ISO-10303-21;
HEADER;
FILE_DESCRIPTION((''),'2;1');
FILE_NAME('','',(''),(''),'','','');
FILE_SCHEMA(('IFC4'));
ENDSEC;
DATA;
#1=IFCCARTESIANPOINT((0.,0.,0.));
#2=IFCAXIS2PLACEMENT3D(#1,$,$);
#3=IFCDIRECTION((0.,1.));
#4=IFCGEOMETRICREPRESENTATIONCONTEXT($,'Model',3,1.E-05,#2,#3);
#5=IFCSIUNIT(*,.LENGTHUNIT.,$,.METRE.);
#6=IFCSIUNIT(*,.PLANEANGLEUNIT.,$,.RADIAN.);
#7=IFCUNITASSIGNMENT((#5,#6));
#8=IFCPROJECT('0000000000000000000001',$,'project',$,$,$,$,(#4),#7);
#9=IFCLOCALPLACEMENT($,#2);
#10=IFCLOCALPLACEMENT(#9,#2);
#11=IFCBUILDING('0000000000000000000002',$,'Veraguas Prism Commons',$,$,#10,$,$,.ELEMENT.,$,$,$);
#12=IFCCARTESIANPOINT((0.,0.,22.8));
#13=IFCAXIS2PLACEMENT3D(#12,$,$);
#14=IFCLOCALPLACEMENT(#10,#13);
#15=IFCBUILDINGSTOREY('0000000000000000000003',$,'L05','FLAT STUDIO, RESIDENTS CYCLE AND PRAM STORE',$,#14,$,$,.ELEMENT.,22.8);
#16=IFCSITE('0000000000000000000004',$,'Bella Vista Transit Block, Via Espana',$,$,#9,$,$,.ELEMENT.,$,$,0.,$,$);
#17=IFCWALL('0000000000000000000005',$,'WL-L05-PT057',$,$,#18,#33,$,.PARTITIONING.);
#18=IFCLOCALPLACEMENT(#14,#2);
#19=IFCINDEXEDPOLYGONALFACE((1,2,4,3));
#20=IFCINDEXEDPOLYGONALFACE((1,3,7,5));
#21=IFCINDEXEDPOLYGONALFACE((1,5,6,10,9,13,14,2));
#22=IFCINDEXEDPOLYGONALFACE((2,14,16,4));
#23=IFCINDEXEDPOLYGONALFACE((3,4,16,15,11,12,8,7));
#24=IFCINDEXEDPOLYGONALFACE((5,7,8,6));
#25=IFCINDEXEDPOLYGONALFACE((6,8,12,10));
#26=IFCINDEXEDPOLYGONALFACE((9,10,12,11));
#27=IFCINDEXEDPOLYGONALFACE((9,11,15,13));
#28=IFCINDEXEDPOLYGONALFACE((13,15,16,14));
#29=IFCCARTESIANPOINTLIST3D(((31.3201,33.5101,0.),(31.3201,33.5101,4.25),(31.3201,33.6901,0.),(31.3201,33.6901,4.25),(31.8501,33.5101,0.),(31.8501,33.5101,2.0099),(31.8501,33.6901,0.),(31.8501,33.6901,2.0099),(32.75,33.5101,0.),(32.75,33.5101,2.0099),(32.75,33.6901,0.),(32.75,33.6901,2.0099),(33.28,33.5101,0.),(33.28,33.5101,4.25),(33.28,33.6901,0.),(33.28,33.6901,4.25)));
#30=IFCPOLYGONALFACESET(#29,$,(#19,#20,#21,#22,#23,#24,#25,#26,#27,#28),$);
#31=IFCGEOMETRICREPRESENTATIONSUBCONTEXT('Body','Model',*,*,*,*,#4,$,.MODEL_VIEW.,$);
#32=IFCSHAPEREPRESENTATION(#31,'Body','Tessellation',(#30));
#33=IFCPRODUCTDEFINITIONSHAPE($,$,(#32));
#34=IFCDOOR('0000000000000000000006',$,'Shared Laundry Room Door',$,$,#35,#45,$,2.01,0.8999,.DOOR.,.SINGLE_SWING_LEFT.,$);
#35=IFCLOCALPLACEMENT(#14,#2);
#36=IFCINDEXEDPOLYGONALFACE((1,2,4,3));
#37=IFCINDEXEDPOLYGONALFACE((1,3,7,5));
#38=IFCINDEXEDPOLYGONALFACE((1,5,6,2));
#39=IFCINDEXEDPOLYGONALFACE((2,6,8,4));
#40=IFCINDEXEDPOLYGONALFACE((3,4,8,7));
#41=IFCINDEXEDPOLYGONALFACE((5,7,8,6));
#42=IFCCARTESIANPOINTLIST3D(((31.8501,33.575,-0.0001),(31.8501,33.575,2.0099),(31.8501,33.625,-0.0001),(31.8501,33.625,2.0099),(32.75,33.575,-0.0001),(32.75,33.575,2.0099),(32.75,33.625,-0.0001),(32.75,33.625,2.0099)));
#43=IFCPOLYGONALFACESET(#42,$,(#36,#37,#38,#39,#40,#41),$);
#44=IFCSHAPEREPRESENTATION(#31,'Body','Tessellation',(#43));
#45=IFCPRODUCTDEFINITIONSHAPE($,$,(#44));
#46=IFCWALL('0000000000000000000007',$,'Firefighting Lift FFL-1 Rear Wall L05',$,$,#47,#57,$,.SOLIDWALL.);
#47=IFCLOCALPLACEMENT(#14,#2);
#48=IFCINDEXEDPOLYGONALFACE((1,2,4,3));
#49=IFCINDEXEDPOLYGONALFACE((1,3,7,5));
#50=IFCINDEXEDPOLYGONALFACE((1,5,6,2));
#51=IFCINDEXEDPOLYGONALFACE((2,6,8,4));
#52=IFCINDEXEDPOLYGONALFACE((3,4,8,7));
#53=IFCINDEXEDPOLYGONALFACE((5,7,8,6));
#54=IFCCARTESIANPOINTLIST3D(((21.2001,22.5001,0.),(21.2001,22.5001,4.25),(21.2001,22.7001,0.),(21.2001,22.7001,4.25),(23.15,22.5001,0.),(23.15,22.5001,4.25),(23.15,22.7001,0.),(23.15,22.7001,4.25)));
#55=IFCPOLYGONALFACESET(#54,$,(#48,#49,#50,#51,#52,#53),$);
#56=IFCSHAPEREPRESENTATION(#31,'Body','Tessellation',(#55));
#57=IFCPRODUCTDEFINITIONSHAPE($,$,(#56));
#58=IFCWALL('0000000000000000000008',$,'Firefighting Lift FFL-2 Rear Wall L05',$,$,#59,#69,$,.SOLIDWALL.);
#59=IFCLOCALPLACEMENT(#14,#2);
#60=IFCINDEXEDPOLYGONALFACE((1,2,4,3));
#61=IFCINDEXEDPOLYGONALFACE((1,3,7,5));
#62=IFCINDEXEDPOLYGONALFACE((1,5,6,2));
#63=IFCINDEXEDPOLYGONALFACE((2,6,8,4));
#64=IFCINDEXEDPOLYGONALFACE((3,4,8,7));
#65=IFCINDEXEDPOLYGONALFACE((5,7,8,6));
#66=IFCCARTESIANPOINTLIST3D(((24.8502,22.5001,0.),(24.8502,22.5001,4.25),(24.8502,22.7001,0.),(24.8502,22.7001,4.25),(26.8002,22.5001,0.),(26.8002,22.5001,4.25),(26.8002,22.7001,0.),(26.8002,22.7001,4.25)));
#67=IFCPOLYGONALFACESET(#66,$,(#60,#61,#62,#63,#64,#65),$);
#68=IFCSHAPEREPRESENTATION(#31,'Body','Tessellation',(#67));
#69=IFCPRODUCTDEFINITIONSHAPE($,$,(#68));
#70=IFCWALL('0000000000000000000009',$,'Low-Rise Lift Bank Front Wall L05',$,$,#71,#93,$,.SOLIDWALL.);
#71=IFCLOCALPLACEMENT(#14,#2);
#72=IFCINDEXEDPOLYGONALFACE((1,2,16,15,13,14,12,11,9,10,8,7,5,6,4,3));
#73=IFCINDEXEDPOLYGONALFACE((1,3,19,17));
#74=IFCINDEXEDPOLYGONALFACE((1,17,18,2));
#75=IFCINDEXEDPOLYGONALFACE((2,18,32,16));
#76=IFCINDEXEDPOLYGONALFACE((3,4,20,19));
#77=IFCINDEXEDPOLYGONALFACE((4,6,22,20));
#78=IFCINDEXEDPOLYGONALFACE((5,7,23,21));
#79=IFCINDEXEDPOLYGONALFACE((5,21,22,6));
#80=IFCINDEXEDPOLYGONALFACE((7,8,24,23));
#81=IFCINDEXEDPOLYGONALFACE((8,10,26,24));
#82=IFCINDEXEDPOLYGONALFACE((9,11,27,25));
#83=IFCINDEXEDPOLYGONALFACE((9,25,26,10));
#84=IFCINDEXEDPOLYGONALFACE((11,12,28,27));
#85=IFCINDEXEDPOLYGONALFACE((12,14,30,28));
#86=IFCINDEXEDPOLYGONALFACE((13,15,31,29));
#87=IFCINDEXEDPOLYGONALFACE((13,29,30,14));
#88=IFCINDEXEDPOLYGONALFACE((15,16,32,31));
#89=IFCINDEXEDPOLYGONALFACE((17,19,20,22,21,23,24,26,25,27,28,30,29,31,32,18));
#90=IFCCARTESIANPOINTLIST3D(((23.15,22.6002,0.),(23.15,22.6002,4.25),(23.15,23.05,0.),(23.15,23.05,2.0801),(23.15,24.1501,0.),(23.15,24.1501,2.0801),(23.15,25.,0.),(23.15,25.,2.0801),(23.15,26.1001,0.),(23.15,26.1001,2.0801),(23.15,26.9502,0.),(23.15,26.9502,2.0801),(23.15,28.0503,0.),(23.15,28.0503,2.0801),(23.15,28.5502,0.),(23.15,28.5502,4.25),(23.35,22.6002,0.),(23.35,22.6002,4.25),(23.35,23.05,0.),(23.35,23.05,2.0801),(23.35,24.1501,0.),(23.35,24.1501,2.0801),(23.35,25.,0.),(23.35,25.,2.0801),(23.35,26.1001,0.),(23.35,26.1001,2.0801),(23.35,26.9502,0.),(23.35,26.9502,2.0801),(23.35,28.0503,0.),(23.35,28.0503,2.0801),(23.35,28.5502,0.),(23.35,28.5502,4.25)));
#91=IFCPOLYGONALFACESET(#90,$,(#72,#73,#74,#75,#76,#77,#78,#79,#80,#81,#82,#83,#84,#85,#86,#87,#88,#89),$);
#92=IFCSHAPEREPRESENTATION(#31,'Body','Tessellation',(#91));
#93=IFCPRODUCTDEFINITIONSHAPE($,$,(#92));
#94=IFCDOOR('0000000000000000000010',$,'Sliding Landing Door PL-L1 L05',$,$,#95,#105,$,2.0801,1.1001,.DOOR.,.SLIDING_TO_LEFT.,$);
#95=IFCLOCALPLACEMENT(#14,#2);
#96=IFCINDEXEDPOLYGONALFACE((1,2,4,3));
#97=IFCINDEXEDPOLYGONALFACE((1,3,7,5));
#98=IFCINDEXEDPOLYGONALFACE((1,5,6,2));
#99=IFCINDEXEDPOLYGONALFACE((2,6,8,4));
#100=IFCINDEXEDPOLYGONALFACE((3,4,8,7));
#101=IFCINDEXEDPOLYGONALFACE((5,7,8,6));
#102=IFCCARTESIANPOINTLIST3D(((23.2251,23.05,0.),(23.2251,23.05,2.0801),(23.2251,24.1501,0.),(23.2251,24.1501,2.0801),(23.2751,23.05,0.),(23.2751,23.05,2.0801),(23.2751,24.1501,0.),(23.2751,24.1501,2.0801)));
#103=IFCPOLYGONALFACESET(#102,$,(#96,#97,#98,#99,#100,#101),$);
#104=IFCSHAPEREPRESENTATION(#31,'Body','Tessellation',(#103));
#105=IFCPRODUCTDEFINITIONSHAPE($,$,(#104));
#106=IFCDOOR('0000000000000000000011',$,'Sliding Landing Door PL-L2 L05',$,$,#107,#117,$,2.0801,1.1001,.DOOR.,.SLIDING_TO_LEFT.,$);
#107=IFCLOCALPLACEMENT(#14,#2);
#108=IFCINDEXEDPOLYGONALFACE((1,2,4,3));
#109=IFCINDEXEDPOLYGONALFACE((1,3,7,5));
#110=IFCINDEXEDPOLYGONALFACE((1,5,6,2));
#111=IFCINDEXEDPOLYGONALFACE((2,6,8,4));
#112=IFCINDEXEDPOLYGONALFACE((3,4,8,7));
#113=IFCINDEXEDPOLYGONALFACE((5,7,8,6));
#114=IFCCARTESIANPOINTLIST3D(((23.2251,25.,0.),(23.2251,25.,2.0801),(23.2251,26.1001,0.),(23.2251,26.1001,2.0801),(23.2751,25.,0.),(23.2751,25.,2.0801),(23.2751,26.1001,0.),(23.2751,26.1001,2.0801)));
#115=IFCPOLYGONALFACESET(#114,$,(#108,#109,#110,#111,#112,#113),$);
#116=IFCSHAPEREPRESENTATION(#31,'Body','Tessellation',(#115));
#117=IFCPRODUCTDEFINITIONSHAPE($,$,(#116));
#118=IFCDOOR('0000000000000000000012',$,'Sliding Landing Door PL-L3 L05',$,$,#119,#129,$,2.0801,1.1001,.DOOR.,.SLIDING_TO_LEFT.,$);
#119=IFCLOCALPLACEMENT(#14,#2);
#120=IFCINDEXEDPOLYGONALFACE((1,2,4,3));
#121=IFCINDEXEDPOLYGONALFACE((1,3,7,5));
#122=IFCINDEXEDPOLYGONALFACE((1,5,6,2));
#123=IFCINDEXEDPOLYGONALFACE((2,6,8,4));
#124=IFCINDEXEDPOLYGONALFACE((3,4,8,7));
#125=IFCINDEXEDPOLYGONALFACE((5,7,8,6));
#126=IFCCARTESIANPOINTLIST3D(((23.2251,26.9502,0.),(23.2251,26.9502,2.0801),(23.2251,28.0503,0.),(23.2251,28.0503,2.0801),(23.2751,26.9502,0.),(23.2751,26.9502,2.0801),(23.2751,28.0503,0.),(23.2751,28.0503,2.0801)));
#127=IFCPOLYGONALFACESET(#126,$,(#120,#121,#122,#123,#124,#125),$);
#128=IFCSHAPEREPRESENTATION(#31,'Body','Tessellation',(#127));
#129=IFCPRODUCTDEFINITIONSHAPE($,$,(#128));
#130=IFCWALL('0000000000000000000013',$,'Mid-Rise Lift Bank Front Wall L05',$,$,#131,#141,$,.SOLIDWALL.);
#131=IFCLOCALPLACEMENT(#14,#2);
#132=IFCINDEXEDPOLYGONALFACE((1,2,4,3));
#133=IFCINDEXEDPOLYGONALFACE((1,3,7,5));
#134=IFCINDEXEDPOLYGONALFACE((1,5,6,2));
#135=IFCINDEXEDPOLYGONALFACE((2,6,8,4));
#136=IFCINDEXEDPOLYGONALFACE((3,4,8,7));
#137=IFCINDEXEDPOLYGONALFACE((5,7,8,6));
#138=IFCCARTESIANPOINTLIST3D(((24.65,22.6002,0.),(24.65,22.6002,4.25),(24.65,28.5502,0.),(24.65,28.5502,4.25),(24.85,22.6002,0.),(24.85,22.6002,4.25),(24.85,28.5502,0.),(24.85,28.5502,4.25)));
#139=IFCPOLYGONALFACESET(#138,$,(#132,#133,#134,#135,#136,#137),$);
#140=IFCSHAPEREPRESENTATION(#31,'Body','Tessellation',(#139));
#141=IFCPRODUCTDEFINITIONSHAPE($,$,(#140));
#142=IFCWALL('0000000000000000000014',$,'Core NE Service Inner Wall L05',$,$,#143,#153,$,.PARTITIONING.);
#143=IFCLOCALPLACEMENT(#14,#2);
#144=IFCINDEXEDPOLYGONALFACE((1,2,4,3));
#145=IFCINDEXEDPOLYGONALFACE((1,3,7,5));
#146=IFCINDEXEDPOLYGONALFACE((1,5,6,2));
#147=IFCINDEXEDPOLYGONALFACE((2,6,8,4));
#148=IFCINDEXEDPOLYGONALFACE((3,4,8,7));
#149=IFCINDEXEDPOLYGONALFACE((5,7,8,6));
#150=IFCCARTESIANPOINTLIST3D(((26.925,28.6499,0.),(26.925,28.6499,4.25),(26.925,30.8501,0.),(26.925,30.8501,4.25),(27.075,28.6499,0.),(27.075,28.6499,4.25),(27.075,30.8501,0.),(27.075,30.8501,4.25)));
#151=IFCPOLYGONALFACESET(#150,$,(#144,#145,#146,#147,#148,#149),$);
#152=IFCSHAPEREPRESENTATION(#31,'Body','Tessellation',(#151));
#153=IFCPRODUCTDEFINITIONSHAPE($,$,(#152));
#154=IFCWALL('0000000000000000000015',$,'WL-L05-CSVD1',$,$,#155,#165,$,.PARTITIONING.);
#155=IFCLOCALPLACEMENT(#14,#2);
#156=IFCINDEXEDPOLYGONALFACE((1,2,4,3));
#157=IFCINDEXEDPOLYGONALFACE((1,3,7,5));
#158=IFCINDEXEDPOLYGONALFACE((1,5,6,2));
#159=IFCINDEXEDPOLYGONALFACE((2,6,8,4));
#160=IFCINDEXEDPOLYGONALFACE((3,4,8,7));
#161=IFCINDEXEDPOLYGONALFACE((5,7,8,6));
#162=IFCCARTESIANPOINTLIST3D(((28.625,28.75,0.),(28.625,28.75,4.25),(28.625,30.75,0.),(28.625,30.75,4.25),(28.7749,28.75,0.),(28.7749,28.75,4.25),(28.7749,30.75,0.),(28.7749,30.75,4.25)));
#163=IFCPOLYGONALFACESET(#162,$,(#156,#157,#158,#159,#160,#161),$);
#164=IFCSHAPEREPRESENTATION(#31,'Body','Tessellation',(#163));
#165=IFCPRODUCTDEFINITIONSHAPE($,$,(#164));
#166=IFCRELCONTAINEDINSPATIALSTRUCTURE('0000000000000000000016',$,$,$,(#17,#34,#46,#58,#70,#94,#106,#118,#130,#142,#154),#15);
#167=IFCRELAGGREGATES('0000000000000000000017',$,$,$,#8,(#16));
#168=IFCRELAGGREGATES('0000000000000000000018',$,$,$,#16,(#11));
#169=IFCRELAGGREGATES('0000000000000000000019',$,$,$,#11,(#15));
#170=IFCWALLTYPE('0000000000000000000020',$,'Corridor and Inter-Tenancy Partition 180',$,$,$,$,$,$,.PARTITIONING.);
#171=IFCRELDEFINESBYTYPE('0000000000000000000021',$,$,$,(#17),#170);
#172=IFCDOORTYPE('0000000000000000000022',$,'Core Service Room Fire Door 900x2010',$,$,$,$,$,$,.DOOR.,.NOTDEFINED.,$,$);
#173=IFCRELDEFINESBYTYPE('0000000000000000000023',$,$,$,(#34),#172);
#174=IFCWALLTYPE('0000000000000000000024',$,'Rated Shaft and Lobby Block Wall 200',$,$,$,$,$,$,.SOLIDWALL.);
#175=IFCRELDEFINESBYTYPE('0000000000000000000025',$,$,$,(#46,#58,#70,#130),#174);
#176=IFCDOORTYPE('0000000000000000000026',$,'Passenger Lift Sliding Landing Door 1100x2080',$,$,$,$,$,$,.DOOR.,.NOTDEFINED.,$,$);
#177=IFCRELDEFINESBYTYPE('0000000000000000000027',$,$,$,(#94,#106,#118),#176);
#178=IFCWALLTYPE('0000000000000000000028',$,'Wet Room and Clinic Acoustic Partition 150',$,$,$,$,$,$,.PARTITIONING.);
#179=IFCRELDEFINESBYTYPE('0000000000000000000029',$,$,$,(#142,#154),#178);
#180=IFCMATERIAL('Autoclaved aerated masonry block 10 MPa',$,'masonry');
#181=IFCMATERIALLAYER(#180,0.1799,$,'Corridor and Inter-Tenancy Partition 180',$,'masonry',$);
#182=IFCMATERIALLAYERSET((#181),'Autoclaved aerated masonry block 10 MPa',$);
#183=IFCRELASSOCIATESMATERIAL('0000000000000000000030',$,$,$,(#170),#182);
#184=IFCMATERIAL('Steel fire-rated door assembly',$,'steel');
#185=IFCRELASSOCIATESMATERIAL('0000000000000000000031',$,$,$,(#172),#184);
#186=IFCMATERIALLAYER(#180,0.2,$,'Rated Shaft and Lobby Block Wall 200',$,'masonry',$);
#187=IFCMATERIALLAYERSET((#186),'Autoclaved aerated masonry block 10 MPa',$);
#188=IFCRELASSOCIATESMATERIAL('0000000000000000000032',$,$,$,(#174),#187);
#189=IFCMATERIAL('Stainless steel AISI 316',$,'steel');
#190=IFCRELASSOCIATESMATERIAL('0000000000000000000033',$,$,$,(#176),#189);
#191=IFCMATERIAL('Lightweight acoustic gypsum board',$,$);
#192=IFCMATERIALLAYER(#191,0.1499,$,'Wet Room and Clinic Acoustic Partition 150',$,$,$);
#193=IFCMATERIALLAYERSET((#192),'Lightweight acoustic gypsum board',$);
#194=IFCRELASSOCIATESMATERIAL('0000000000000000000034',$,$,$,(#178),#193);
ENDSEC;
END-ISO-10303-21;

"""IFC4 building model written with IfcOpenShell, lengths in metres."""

from ifc_helpers import new_model, si_unit, direction, frame, frame_2d, origin, place, context, subcontext, project, spatial, rectangle, extrude, source, transform, mapped, material, layer, layer_set, type_object, element, fill, save


model = new_model("IFC4")

# Units and contexts
model_context = context("Model", 3, precision=1e-05, world=origin(), true_north=direction((0.0, 1.0)))
body_context = subcontext(model_context, "Body", "Model", "MODEL_VIEW")
ifc_project = project(units=[si_unit("LENGTHUNIT", "METRE"), si_unit("PLANEANGLEUNIT", "RADIAN")], contexts=[model_context])

# Site, building, storey
site_placement = place(None, origin())
site = spatial("IfcSite", under=ifc_project, at=site_placement, Name="Bella Vista Transit Block, Via Espana", CompositionType="ELEMENT", RefElevation=0.0)
building_placement = place(site_placement, origin())
building = spatial("IfcBuilding", under=site, at=building_placement, Name="Veraguas Prism Commons", CompositionType="ELEMENT")
storey_placement = place(building_placement, frame((0.0, 0.0, 22.8)))
storey = spatial("IfcBuildingStorey", under=building, at=storey_placement, Name="L05", Description="FLAT STUDIO, RESIDENTS CYCLE AND PRAM STORE", CompositionType="ELEMENT", Elevation=22.8)

# Shared definitions
ifc_material_1 = material(Name="Steel fire-rated door assembly", Category="steel")

# Wall, opening, door
ifc_material_2 = material(Name="Autoclaved aerated masonry block 10 MPa", Category="masonry")
ifc_layer_1 = layer(ifc_material_2, 0.1799, Name="Corridor and Inter-Tenancy Partition 180", Category="masonry")
ifc_layer_set_1 = layer_set([ifc_layer_1], Name="Autoclaved aerated masonry block 10 MPa")
wall_type_1 = type_object("IfcWallType", Name="Corridor and Inter-Tenancy Partition 180", PredefinedType="PARTITIONING", material=ifc_layer_set_1)
wall_1_placement = place(storey_placement, frame((31.3201, 33.6001, 0.0), z_axis=(0.0, 0.0, 1.0), x_axis=(1.0, 0.0, 0.0)))
wall_1 = element("IfcWall", 1, at=wall_1_placement, inside=storey, type_object=wall_type_1, Name="WL-L05-PT057", PredefinedType="PARTITIONING", context=body_context, shape_type="SweptSolid", body=[
    extrude(rectangle(XDim=1.96, YDim=0.1799, at=frame_2d((0.98, 0.0))), origin(), (0.0, 0.0, 1.0), 4.25),
])
opening_1_placement = place(wall_1_placement, frame((0.53, 0.0, 0.0)))
opening_1 = element("IfcOpeningElement", 2, at=opening_1_placement, cuts=wall_1, PredefinedType="OPENING", context=body_context, shape_type="SweptSolid", body=[
    extrude(rectangle(XDim=0.8999, YDim=2.01, at=frame_2d((0.45, 1.0049))), frame((0.0, 0.0999, 0.0), z_axis=(0.0, -1.0, 0.0), x_axis=(1.0, 0.0, 0.0)), (0.0, 0.0, 1.0), 0.2),
])
door_type_1 = type_object("IfcDoorType", Name="Core Service Room Fire Door 900x2010", OperationType="NOTDEFINED", PredefinedType="DOOR", material=ifc_material_1)
shared_shape_1 = source(origin(), body_context, "Body", "SweptSolid", [
    extrude(rectangle(XDim=0.8999, YDim=2.01, at=frame_2d((0.45, 1.0049))), frame((0.0, 0.0249, 0.0), z_axis=(0.0, -1.0, 0.0), x_axis=(1.0, 0.0, 0.0)), (0.0, 0.0, 1.0), 0.05),
])
door_1_placement = place(opening_1_placement, origin())
door_1 = element("IfcDoor", 3, at=door_1_placement, inside=storey, type_object=door_type_1, Name="Shared Laundry Room Door", OperationType="SINGLE_SWING_LEFT", OverallHeight=2.01, OverallWidth=0.8999, PredefinedType="DOOR", context=body_context, shape_type="MappedRepresentation", body=[
    mapped(shared_shape_1, transform((0.0, 0.0, 0.0), scale=1.0)),
])
fill(opening_1, door_1)

# Walls
ifc_layer_2 = layer(ifc_material_2, 0.2, Name="Rated Shaft and Lobby Block Wall 200", Category="masonry")
ifc_layer_set_2 = layer_set([ifc_layer_2], Name="Autoclaved aerated masonry block 10 MPa")
wall_type_2 = type_object("IfcWallType", Name="Rated Shaft and Lobby Block Wall 200", PredefinedType="SOLIDWALL", material=ifc_layer_set_2)
for number, where, z_axis, x_axis, name in (
    (4, (21.2, 22.6001, 0.0), (0.0, 0.0, 1.0), (1.0, 0.0, 0.0), "Firefighting Lift FFL-1 Rear Wall L05"),
    (5, (24.8501, 22.6001, 0.0), (0.0, 0.0, 1.0), (1.0, 0.0, 0.0), "Firefighting Lift FFL-2 Rear Wall L05"),
):
    element("IfcWall", number, at=place(storey_placement, frame(where, z_axis=z_axis, x_axis=x_axis)), inside=storey, type_object=wall_type_2, Name=name, PredefinedType="SOLIDWALL", context=body_context, shape_type="SweptSolid", body=[
        extrude(rectangle(XDim=1.95, YDim=0.2, at=frame_2d((0.9751, 0.0))), origin(), (0.0, 0.0, 1.0), 4.25),
    ])

# Wall, openings, doors
wall_2_placement = place(storey_placement, frame((23.25, 22.6001, 0.0), z_axis=(0.0, 0.0, 1.0), x_axis=(0.0, 1.0, 0.0)))
wall_2 = element("IfcWall", 6, at=wall_2_placement, inside=storey, type_object=wall_type_2, Name="Low-Rise Lift Bank Front Wall L05", PredefinedType="SOLIDWALL", context=body_context, shape_type="SweptSolid", body=[
    extrude(rectangle(XDim=5.95, YDim=0.2, at=frame_2d((2.9751, 0.0))), origin(), (0.0, 0.0, 1.0), 4.25),
])
opening_2_placement = place(wall_2_placement, frame((0.45, 0.0, 0.0)))
opening_2 = element("IfcOpeningElement", 7, at=opening_2_placement, cuts=wall_2, PredefinedType="OPENING", context=body_context, shape_type="SweptSolid", body=[
    extrude(rectangle(XDim=1.1001, YDim=2.0801, at=frame_2d((0.55, 1.04))), frame((0.0, 0.1099, 0.0), z_axis=(0.0, -1.0, 0.0), x_axis=(1.0, 0.0, 0.0)), (0.0, 0.0, 1.0), 0.22),
])
opening_3_placement = place(wall_2_placement, frame((2.3999, 0.0, 0.0)))
opening_3 = element("IfcOpeningElement", 8, at=opening_3_placement, cuts=wall_2, PredefinedType="OPENING", context=body_context, shape_type="SweptSolid", body=[
    extrude(rectangle(XDim=1.1001, YDim=2.0801, at=frame_2d((0.55, 1.04))), frame((0.0, 0.1099, 0.0), z_axis=(0.0, -1.0, 0.0), x_axis=(1.0, 0.0, 0.0)), (0.0, 0.0, 1.0), 0.22),
])
opening_4_placement = place(wall_2_placement, frame((4.3501, 0.0, 0.0)))
opening_4 = element("IfcOpeningElement", 9, at=opening_4_placement, cuts=wall_2, PredefinedType="OPENING", context=body_context, shape_type="SweptSolid", body=[
    extrude(rectangle(XDim=1.1001, YDim=2.0801, at=frame_2d((0.55, 1.04))), frame((0.0, 0.1099, 0.0), z_axis=(0.0, -1.0, 0.0), x_axis=(1.0, 0.0, 0.0)), (0.0, 0.0, 1.0), 0.22),
])
ifc_material_3 = material(Name="Stainless steel AISI 316", Category="steel")
door_type_2 = type_object("IfcDoorType", Name="Passenger Lift Sliding Landing Door 1100x2080", OperationType="NOTDEFINED", PredefinedType="DOOR", material=ifc_material_3)
shared_shape_2 = source(origin(), body_context, "Body", "SweptSolid", [
    extrude(rectangle(XDim=1.1001, YDim=2.0801, at=frame_2d((0.55, 1.04))), frame((0.0, 0.0249, 0.0), z_axis=(0.0, -1.0, 0.0), x_axis=(1.0, 0.0, 0.0)), (0.0, 0.0, 1.0), 0.05),
])
door_2_placement = place(opening_2_placement, origin())
door_2 = element("IfcDoor", 10, at=door_2_placement, inside=storey, type_object=door_type_2, Name="Sliding Landing Door PL-L1 L05", OperationType="SLIDING_TO_LEFT", OverallHeight=2.0801, OverallWidth=1.1001, PredefinedType="DOOR", context=body_context, shape_type="MappedRepresentation", body=[
    mapped(shared_shape_2, transform((0.0, 0.0, 0.0), scale=1.0)),
])
fill(opening_2, door_2)
door_3_placement = place(opening_3_placement, origin())
door_3 = element("IfcDoor", 11, at=door_3_placement, inside=storey, type_object=door_type_2, Name="Sliding Landing Door PL-L2 L05", OperationType="SLIDING_TO_LEFT", OverallHeight=2.0801, OverallWidth=1.1001, PredefinedType="DOOR", context=body_context, shape_type="MappedRepresentation", body=[
    mapped(shared_shape_2, transform((0.0, 0.0, 0.0), scale=1.0)),
])
fill(opening_3, door_3)
door_4_placement = place(opening_4_placement, origin())
door_4 = element("IfcDoor", 12, at=door_4_placement, inside=storey, type_object=door_type_2, Name="Sliding Landing Door PL-L3 L05", OperationType="SLIDING_TO_LEFT", OverallHeight=2.0801, OverallWidth=1.1001, PredefinedType="DOOR", context=body_context, shape_type="MappedRepresentation", body=[
    mapped(shared_shape_2, transform((0.0, 0.0, 0.0), scale=1.0)),
])
fill(opening_4, door_4)

# Walls
wall_3_placement = place(storey_placement, frame((24.75, 22.6001, 0.0), z_axis=(0.0, 0.0, 1.0), x_axis=(0.0, 1.0, 0.0)))
element("IfcWall", 13, at=wall_3_placement, inside=storey, type_object=wall_type_2, Name="Mid-Rise Lift Bank Front Wall L05", PredefinedType="SOLIDWALL", context=body_context, shape_type="SweptSolid", body=[
    extrude(rectangle(XDim=5.95, YDim=0.2, at=frame_2d((2.9751, 0.0))), origin(), (0.0, 0.0, 1.0), 4.25),
])
ifc_material_4 = material(Name="Lightweight acoustic gypsum board")
ifc_layer_3 = layer(ifc_material_4, 0.1499, Name="Wet Room and Clinic Acoustic Partition 150")
ifc_layer_set_3 = layer_set([ifc_layer_3], Name="Lightweight acoustic gypsum board")
wall_type_3 = type_object("IfcWallType", Name="Wet Room and Clinic Acoustic Partition 150", PredefinedType="PARTITIONING", material=ifc_layer_set_3)
wall_4_placement = place(storey_placement, frame((27.0, 28.6499, 0.0), z_axis=(0.0, 0.0, 1.0), x_axis=(0.0, 1.0, 0.0)))
element("IfcWall", 14, at=wall_4_placement, inside=storey, type_object=wall_type_3, Name="Core NE Service Inner Wall L05", PredefinedType="PARTITIONING", context=body_context, shape_type="SweptSolid", body=[
    extrude(rectangle(XDim=2.2002, YDim=0.1499, at=frame_2d((1.1001, 0.0))), origin(), (0.0, 0.0, 1.0), 4.25),
])
wall_5_placement = place(storey_placement, frame((28.7, 28.75, 0.0), z_axis=(0.0, 0.0, 1.0), x_axis=(0.0, 1.0, 0.0)))
element("IfcWall", 15, at=wall_5_placement, inside=storey, type_object=wall_type_3, Name="WL-L05-CSVD1", PredefinedType="PARTITIONING", context=body_context, shape_type="SweptSolid", body=[
    extrude(rectangle(XDim=2.0, YDim=0.1499, at=frame_2d((1.0, 0.0))), origin(), (0.0, 0.0, 1.0), 4.25),
])

save(model, "model.ifc")
